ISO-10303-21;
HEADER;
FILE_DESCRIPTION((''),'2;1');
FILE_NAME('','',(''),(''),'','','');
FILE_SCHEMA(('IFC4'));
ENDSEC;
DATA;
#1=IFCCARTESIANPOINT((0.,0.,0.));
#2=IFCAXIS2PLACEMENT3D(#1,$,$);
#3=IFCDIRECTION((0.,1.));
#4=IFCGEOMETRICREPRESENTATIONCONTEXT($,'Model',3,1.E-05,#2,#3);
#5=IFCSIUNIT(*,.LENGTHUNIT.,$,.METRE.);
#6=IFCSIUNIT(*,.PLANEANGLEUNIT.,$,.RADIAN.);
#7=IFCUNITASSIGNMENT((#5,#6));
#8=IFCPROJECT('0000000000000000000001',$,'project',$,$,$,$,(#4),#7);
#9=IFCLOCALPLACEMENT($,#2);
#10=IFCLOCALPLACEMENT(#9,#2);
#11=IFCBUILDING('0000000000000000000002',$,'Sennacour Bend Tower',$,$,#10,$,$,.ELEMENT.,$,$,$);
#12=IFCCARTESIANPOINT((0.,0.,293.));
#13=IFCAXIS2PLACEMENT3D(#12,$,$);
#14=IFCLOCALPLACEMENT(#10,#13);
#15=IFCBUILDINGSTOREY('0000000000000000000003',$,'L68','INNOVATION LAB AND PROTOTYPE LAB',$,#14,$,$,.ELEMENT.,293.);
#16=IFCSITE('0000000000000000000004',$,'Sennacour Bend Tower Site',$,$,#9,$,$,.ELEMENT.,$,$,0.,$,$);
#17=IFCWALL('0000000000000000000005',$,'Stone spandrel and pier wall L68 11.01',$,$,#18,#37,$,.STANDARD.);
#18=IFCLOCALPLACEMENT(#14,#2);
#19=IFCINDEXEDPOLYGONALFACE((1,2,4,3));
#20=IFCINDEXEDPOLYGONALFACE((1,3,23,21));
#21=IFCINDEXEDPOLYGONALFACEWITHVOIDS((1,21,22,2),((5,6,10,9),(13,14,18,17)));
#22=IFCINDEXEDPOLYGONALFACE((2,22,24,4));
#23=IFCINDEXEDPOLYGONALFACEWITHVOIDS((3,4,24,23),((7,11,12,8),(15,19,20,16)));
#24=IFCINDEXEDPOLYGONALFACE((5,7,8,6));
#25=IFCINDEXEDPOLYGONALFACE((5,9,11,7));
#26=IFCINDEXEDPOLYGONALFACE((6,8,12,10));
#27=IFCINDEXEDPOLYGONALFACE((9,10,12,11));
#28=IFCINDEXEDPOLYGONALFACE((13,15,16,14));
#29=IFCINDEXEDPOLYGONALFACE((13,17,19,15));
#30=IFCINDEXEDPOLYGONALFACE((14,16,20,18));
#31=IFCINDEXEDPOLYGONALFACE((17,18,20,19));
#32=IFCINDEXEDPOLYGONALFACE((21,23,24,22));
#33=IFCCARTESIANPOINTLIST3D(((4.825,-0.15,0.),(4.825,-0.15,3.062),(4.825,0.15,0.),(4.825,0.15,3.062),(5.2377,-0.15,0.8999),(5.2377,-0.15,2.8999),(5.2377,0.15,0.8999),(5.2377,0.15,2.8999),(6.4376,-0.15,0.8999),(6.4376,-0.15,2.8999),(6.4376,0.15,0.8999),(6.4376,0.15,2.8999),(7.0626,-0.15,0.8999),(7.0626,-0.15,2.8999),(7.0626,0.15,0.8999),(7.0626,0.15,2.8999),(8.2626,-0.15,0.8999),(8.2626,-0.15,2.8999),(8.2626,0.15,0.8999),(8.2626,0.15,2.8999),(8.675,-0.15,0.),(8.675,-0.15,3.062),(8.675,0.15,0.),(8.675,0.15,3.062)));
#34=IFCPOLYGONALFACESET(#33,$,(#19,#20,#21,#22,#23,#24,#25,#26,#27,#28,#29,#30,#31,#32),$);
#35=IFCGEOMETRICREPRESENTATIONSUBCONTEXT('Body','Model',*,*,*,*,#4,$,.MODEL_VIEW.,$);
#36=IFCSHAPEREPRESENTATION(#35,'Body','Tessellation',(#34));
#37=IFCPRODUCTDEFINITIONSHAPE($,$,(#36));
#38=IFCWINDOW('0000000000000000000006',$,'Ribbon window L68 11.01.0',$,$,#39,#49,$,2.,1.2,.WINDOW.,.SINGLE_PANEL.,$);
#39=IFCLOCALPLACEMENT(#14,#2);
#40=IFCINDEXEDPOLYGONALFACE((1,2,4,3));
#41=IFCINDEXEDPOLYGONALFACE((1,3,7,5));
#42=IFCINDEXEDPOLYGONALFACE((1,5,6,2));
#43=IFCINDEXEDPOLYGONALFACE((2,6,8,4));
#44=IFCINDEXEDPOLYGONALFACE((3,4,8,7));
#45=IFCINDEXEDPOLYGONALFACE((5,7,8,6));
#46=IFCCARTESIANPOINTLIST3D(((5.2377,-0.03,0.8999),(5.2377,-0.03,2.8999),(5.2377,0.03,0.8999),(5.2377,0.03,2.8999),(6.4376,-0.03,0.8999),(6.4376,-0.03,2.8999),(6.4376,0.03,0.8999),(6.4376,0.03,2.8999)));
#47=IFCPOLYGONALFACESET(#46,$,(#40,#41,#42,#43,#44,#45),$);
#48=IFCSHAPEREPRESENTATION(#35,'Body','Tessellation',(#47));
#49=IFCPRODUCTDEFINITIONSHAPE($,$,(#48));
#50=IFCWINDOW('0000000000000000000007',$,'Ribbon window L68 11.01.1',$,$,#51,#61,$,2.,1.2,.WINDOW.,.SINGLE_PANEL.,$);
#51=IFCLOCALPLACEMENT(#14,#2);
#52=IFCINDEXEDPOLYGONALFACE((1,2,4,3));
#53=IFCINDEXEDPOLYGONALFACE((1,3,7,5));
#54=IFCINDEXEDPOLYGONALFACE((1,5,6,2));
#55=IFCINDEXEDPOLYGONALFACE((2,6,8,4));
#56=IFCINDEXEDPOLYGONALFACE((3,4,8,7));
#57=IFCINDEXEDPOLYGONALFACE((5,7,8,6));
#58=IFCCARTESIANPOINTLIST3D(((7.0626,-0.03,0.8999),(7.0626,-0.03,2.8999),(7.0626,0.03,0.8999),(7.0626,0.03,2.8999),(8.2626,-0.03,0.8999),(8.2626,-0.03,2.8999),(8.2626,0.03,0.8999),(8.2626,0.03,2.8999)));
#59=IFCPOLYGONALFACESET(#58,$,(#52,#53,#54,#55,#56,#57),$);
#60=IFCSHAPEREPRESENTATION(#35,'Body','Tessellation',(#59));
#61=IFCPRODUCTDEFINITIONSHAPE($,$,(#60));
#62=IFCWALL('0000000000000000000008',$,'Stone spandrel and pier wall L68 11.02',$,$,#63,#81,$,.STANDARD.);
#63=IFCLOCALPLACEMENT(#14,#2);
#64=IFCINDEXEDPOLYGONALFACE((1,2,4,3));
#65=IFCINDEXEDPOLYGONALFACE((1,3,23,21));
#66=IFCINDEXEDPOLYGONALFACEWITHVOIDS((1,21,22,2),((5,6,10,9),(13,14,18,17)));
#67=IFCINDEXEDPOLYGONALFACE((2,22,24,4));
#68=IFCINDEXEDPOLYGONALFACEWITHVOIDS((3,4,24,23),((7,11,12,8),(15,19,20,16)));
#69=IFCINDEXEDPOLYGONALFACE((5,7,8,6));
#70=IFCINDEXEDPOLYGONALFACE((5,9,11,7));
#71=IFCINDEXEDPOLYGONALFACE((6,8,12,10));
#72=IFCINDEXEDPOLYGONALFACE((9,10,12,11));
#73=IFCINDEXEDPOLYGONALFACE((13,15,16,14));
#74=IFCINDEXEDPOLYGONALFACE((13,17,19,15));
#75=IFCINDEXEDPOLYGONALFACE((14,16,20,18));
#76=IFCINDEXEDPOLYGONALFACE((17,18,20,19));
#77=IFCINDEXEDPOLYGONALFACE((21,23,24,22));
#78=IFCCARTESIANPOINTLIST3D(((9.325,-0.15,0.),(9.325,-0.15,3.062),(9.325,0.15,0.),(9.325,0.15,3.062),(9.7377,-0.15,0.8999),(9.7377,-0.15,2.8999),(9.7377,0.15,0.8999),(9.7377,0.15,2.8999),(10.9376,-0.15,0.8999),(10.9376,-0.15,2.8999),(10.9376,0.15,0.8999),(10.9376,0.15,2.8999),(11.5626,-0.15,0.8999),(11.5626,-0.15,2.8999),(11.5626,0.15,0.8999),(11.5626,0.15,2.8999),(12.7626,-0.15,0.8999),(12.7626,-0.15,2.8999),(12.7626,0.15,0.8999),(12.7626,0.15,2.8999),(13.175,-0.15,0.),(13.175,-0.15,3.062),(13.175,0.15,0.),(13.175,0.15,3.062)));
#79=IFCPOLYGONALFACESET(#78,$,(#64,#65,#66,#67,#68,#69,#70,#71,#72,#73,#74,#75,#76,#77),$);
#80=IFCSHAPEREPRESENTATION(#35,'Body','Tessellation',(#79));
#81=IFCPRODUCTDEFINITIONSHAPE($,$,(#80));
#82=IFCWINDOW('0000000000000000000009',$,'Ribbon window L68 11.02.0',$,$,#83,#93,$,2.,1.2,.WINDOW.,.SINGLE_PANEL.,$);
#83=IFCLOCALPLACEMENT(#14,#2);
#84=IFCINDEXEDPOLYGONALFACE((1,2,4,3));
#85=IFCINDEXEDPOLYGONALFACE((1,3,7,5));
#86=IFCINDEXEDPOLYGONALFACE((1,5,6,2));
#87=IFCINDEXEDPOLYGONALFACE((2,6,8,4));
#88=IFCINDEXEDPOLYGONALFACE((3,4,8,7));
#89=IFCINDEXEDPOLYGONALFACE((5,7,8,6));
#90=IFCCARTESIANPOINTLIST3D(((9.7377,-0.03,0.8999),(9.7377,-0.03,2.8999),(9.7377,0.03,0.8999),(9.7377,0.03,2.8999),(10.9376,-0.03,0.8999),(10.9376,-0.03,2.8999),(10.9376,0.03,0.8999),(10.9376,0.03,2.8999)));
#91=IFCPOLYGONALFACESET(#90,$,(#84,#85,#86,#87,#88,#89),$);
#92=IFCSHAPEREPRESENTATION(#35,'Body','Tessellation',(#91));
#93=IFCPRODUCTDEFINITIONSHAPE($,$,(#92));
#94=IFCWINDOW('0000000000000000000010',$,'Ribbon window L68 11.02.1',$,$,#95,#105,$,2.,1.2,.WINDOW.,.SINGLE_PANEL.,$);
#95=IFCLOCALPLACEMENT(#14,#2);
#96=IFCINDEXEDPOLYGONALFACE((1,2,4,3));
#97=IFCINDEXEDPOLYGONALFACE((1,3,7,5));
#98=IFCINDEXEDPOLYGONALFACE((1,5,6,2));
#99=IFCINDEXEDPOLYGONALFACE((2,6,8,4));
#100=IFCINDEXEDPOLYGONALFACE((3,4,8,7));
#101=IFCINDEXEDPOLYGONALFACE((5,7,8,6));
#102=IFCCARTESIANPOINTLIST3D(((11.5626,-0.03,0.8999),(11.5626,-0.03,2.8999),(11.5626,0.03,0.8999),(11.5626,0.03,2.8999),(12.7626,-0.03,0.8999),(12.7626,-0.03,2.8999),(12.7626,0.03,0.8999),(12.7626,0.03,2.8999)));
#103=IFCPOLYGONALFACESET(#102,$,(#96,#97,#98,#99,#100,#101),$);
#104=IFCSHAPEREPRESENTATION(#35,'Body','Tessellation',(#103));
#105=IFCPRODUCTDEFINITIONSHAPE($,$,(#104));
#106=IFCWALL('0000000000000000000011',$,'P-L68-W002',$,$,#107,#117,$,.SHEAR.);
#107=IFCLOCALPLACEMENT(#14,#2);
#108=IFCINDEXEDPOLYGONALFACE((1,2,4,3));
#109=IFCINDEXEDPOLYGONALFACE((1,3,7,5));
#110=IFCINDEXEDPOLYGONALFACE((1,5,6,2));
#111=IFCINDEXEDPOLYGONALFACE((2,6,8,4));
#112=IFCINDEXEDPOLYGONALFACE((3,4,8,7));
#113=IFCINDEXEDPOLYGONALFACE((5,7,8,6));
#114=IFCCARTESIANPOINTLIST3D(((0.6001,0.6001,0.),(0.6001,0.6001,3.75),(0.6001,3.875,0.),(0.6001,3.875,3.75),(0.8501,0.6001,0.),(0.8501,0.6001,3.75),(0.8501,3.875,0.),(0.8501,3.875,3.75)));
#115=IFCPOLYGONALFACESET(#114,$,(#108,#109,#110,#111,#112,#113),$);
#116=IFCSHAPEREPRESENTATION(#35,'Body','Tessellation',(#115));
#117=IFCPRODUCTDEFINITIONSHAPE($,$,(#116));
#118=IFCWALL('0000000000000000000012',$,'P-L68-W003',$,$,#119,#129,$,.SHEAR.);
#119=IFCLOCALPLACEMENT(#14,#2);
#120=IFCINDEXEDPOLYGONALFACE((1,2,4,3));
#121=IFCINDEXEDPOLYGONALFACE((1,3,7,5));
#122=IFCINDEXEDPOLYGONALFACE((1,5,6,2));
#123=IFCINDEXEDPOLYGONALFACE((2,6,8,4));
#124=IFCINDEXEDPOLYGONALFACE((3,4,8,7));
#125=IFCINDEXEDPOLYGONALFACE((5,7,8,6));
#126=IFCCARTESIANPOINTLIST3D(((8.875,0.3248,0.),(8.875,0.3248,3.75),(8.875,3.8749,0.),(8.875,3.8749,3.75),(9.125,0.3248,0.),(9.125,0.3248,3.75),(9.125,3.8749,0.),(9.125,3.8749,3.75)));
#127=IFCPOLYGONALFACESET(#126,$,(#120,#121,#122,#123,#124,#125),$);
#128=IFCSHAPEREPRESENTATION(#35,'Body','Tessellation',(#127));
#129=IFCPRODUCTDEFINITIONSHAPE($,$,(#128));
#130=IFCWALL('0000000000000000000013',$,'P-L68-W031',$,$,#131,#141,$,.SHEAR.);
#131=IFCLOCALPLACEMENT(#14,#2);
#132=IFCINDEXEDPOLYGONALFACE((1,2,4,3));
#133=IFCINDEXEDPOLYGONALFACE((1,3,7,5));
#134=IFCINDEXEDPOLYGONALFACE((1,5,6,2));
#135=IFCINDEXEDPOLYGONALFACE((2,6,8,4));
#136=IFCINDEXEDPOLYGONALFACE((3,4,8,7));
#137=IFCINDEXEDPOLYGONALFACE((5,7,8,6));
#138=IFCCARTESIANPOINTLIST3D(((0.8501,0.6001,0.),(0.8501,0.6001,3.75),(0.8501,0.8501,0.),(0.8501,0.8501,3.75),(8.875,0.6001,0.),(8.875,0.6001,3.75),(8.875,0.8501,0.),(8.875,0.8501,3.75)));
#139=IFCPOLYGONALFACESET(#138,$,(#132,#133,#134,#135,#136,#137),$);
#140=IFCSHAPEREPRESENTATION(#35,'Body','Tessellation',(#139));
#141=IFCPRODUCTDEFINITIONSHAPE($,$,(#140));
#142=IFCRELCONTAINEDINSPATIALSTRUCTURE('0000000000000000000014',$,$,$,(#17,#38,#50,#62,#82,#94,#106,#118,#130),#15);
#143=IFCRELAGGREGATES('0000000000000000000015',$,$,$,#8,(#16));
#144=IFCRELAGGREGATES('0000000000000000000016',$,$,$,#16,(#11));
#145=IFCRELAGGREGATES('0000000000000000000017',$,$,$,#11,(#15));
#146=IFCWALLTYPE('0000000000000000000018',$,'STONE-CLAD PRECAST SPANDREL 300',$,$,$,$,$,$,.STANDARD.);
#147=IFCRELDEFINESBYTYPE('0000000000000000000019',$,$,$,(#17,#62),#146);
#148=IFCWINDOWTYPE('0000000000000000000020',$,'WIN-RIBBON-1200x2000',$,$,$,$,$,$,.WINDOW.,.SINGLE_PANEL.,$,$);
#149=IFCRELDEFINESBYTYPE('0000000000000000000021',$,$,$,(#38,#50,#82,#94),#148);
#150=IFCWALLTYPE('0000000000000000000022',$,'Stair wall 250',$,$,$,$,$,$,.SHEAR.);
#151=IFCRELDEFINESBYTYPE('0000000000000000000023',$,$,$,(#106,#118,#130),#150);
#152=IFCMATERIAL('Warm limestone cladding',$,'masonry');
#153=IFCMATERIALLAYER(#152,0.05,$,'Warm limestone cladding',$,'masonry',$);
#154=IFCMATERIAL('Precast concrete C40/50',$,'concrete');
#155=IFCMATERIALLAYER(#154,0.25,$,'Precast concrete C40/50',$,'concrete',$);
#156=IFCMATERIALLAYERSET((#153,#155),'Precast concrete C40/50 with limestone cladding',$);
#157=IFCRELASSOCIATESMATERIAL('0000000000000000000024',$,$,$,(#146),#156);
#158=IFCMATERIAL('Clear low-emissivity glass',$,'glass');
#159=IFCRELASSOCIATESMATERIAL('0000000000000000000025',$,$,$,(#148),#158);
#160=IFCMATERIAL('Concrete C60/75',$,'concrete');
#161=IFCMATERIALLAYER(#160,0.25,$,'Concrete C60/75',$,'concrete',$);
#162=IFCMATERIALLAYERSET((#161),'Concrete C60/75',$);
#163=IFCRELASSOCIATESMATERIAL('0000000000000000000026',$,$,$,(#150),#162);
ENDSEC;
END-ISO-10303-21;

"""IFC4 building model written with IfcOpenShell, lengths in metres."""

from ifc_helpers import new_model, si_unit, direction, frame, frame_2d, origin, place, context, subcontext, project, spatial, rectangle, extrude, material, layer, layer_set, type_object, element, fill, save


model = new_model("IFC4")

# Units and contexts
model_context = context("Model", 3, precision=1e-05, world=origin(), true_north=direction((0.0, 1.0)))
body_context = subcontext(model_context, "Body", "Model", "MODEL_VIEW")
ifc_project = project(units=[si_unit("LENGTHUNIT", "METRE"), si_unit("PLANEANGLEUNIT", "RADIAN")], contexts=[model_context])

# Site, building, storey
site_placement = place(None, origin())
site = spatial("IfcSite", under=ifc_project, at=site_placement, Name="Sennacour Bend Tower Site", CompositionType="ELEMENT", RefElevation=0.0)
building_placement = place(site_placement, origin())
building = spatial("IfcBuilding", under=site, at=building_placement, Name="Sennacour Bend Tower", CompositionType="ELEMENT")
storey_placement = place(building_placement, frame((0.0, 0.0, 293.0)))
storey = spatial("IfcBuildingStorey", under=building, at=storey_placement, Name="L68", Description="INNOVATION LAB AND PROTOTYPE LAB", CompositionType="ELEMENT", Elevation=293.0)

# Walls, openings, windows
ifc_material_1 = material(Name="Warm limestone cladding", Category="masonry")
ifc_layer_1 = layer(ifc_material_1, 0.05, Name="Warm limestone cladding", Category="masonry")
ifc_material_2 = material(Name="Precast concrete C40/50", Category="concrete")
ifc_layer_2 = layer(ifc_material_2, 0.25, Name="Precast concrete C40/50", Category="concrete")
ifc_layer_set_1 = layer_set([ifc_layer_1, ifc_layer_2], Name="Precast concrete C40/50 with limestone cladding")
wall_type_1 = type_object("IfcWallType", Name="STONE-CLAD PRECAST SPANDREL 300", PredefinedType="STANDARD", material=ifc_layer_set_1)
ifc_material_3 = material(Name="Clear low-emissivity glass", Category="glass")
window_type = type_object("IfcWindowType", Name="WIN-RIBBON-1200x2000", PartitioningType="SINGLE_PANEL", PredefinedType="WINDOW", material=ifc_material_3)
wall_1_placement = place(storey_placement, frame((4.825, 0.0, 0.0), z_axis=(0.0, 0.0, 1.0), x_axis=(1.0, 0.0, 0.0)))
wall_1 = element("IfcWall", 1, at=wall_1_placement, inside=storey, type_object=wall_type_1, Name="Stone spandrel and pier wall L68 11.01", PredefinedType="STANDARD", context=body_context, shape_type="SweptSolid", body=[
    extrude(rectangle(XDim=3.8501, YDim=0.3, at=frame_2d((1.925, 0.0))), origin(), (0.0, 0.0, 1.0), 3.062),
])
opening_1_placement = place(wall_1_placement, frame((0.4126, 0.0, 0.8999)))
opening_1 = element("IfcOpeningElement", 2, at=opening_1_placement, cuts=wall_1, PredefinedType="OPENING", context=body_context, shape_type="SweptSolid", body=[
    extrude(rectangle(XDim=1.2, YDim=2.0, at=frame_2d((0.6001, 1.0))), frame((0.0, 0.1602, 0.0), z_axis=(0.0, -1.0, 0.0), x_axis=(1.0, 0.0, 0.0)), (0.0, 0.0, 1.0), 0.3201),
])
opening_2_placement = place(wall_1_placement, frame((2.2375, 0.0, 0.8999)))
opening_2 = element("IfcOpeningElement", 3, at=opening_2_placement, cuts=wall_1, PredefinedType="OPENING", context=body_context, shape_type="SweptSolid", body=[
    extrude(rectangle(XDim=1.2, YDim=2.0, at=frame_2d((0.6001, 1.0))), frame((0.0, 0.1602, 0.0), z_axis=(0.0, -1.0, 0.0), x_axis=(1.0, 0.0, 0.0)), (0.0, 0.0, 1.0), 0.3201),
])
window_1_placement = place(opening_1_placement, origin())
window_1 = element("IfcWindow", 4, at=window_1_placement, inside=storey, type_object=window_type, Name="Ribbon window L68 11.01.0", OverallHeight=2.0, OverallWidth=1.2, PartitioningType="SINGLE_PANEL", PredefinedType="WINDOW", context=body_context, shape_type="SweptSolid", body=[
    extrude(rectangle(XDim=1.2, YDim=2.0, at=frame_2d((0.6001, 1.0))), frame((0.0, 0.03, 0.0), z_axis=(0.0, -1.0, 0.0), x_axis=(1.0, 0.0, 0.0)), (0.0, 0.0, 1.0), 0.0601),
])
fill(opening_1, window_1)
window_2_placement = place(opening_2_placement, origin())
window_2 = element("IfcWindow", 5, at=window_2_placement, inside=storey, type_object=window_type, Name="Ribbon window L68 11.01.1", OverallHeight=2.0, OverallWidth=1.2, PartitioningType="SINGLE_PANEL", PredefinedType="WINDOW", context=body_context, shape_type="SweptSolid", body=[
    extrude(rectangle(XDim=1.2, YDim=2.0, at=frame_2d((0.6001, 1.0))), frame((0.0, 0.03, 0.0), z_axis=(0.0, -1.0, 0.0), x_axis=(1.0, 0.0, 0.0)), (0.0, 0.0, 1.0), 0.0601),
])
fill(opening_2, window_2)
wall_2_placement = place(storey_placement, frame((9.325, 0.0, 0.0), z_axis=(0.0, 0.0, 1.0), x_axis=(1.0, 0.0, 0.0)))
wall_2 = element("IfcWall", 6, at=wall_2_placement, inside=storey, type_object=wall_type_1, Name="Stone spandrel and pier wall L68 11.02", PredefinedType="STANDARD", context=body_context, shape_type="SweptSolid", body=[
    extrude(rectangle(XDim=3.8501, YDim=0.3, at=frame_2d((1.925, 0.0))), origin(), (0.0, 0.0, 1.0), 3.062),
])
opening_3_placement = place(wall_2_placement, frame((0.4126, 0.0, 0.8999)))
opening_3 = element("IfcOpeningElement", 7, at=opening_3_placement, cuts=wall_2, PredefinedType="OPENING", context=body_context, shape_type="SweptSolid", body=[
    extrude(rectangle(XDim=1.2, YDim=2.0, at=frame_2d((0.6001, 1.0))), frame((0.0, 0.1602, 0.0), z_axis=(0.0, -1.0, 0.0), x_axis=(1.0, 0.0, 0.0)), (0.0, 0.0, 1.0), 0.3201),
])
opening_4_placement = place(wall_2_placement, frame((2.2375, 0.0, 0.8999)))
opening_4 = element("IfcOpeningElement", 8, at=opening_4_placement, cuts=wall_2, PredefinedType="OPENING", context=body_context, shape_type="SweptSolid", body=[
    extrude(rectangle(XDim=1.2, YDim=2.0, at=frame_2d((0.6001, 1.0))), frame((0.0, 0.1602, 0.0), z_axis=(0.0, -1.0, 0.0), x_axis=(1.0, 0.0, 0.0)), (0.0, 0.0, 1.0), 0.3201),
])
window_3_placement = place(opening_3_placement, origin())
window_3 = element("IfcWindow", 9, at=window_3_placement, inside=storey, type_object=window_type, Name="Ribbon window L68 11.02.0", OverallHeight=2.0, OverallWidth=1.2, PartitioningType="SINGLE_PANEL", PredefinedType="WINDOW", context=body_context, shape_type="SweptSolid", body=[
    extrude(rectangle(XDim=1.2, YDim=2.0, at=frame_2d((0.6001, 1.0))), frame((0.0, 0.03, 0.0), z_axis=(0.0, -1.0, 0.0), x_axis=(1.0, 0.0, 0.0)), (0.0, 0.0, 1.0), 0.0601),
])
fill(opening_3, window_3)
window_4_placement = place(opening_4_placement, origin())
window_4 = element("IfcWindow", 10, at=window_4_placement, inside=storey, type_object=window_type, Name="Ribbon window L68 11.02.1", OverallHeight=2.0, OverallWidth=1.2, PartitioningType="SINGLE_PANEL", PredefinedType="WINDOW", context=body_context, shape_type="SweptSolid", body=[
    extrude(rectangle(XDim=1.2, YDim=2.0, at=frame_2d((0.6001, 1.0))), frame((0.0, 0.03, 0.0), z_axis=(0.0, -1.0, 0.0), x_axis=(1.0, 0.0, 0.0)), (0.0, 0.0, 1.0), 0.0601),
])
fill(opening_4, window_4)

# Walls
ifc_material_4 = material(Name="Concrete C60/75", Category="concrete")
ifc_layer_3 = layer(ifc_material_4, 0.25, Name="Concrete C60/75", Category="concrete")
ifc_layer_set_2 = layer_set([ifc_layer_3], Name="Concrete C60/75")
wall_type_2 = type_object("IfcWallType", Name="Stair wall 250", PredefinedType="SHEAR", material=ifc_layer_set_2)
wall_3_placement = place(storey_placement, frame((0.7251, 0.6001, 0.0), z_axis=(0.0, 0.0, 1.0), x_axis=(0.0, 1.0, 0.0)))
element("IfcWall", 11, at=wall_3_placement, inside=storey, type_object=wall_type_2, Name="P-L68-W002", PredefinedType="SHEAR", context=body_context, shape_type="SweptSolid", body=[
    extrude(rectangle(XDim=3.2749, YDim=0.25, at=frame_2d((1.6375, 0.0))), origin(), (0.0, 0.0, 1.0), 3.75),
])
wall_4_placement = place(storey_placement, frame((9.0, 0.325, 0.0), z_axis=(0.0, 0.0, 1.0), x_axis=(0.0, 1.0, 0.0)))
element("IfcWall", 12, at=wall_4_placement, inside=storey, type_object=wall_type_2, Name="P-L68-W003", PredefinedType="SHEAR", context=body_context, shape_type="SweptSolid", body=[
    extrude(rectangle(XDim=3.55, YDim=0.25, at=frame_2d((1.7749, 0.0))), origin(), (0.0, 0.0, 1.0), 3.75),
])
wall_5_placement = place(storey_placement, frame((0.8501, 0.7251, 0.0), z_axis=(0.0, 0.0, 1.0), x_axis=(1.0, 0.0, 0.0)))
element("IfcWall", 13, at=wall_5_placement, inside=storey, type_object=wall_type_2, Name="P-L68-W031", PredefinedType="SHEAR", context=body_context, shape_type="SweptSolid", body=[
    extrude(rectangle(XDim=8.0249, YDim=0.25, at=frame_2d((4.0125, 0.0))), origin(), (0.0, 0.0, 1.0), 3.75),
])

save(model, "model.ifc")
